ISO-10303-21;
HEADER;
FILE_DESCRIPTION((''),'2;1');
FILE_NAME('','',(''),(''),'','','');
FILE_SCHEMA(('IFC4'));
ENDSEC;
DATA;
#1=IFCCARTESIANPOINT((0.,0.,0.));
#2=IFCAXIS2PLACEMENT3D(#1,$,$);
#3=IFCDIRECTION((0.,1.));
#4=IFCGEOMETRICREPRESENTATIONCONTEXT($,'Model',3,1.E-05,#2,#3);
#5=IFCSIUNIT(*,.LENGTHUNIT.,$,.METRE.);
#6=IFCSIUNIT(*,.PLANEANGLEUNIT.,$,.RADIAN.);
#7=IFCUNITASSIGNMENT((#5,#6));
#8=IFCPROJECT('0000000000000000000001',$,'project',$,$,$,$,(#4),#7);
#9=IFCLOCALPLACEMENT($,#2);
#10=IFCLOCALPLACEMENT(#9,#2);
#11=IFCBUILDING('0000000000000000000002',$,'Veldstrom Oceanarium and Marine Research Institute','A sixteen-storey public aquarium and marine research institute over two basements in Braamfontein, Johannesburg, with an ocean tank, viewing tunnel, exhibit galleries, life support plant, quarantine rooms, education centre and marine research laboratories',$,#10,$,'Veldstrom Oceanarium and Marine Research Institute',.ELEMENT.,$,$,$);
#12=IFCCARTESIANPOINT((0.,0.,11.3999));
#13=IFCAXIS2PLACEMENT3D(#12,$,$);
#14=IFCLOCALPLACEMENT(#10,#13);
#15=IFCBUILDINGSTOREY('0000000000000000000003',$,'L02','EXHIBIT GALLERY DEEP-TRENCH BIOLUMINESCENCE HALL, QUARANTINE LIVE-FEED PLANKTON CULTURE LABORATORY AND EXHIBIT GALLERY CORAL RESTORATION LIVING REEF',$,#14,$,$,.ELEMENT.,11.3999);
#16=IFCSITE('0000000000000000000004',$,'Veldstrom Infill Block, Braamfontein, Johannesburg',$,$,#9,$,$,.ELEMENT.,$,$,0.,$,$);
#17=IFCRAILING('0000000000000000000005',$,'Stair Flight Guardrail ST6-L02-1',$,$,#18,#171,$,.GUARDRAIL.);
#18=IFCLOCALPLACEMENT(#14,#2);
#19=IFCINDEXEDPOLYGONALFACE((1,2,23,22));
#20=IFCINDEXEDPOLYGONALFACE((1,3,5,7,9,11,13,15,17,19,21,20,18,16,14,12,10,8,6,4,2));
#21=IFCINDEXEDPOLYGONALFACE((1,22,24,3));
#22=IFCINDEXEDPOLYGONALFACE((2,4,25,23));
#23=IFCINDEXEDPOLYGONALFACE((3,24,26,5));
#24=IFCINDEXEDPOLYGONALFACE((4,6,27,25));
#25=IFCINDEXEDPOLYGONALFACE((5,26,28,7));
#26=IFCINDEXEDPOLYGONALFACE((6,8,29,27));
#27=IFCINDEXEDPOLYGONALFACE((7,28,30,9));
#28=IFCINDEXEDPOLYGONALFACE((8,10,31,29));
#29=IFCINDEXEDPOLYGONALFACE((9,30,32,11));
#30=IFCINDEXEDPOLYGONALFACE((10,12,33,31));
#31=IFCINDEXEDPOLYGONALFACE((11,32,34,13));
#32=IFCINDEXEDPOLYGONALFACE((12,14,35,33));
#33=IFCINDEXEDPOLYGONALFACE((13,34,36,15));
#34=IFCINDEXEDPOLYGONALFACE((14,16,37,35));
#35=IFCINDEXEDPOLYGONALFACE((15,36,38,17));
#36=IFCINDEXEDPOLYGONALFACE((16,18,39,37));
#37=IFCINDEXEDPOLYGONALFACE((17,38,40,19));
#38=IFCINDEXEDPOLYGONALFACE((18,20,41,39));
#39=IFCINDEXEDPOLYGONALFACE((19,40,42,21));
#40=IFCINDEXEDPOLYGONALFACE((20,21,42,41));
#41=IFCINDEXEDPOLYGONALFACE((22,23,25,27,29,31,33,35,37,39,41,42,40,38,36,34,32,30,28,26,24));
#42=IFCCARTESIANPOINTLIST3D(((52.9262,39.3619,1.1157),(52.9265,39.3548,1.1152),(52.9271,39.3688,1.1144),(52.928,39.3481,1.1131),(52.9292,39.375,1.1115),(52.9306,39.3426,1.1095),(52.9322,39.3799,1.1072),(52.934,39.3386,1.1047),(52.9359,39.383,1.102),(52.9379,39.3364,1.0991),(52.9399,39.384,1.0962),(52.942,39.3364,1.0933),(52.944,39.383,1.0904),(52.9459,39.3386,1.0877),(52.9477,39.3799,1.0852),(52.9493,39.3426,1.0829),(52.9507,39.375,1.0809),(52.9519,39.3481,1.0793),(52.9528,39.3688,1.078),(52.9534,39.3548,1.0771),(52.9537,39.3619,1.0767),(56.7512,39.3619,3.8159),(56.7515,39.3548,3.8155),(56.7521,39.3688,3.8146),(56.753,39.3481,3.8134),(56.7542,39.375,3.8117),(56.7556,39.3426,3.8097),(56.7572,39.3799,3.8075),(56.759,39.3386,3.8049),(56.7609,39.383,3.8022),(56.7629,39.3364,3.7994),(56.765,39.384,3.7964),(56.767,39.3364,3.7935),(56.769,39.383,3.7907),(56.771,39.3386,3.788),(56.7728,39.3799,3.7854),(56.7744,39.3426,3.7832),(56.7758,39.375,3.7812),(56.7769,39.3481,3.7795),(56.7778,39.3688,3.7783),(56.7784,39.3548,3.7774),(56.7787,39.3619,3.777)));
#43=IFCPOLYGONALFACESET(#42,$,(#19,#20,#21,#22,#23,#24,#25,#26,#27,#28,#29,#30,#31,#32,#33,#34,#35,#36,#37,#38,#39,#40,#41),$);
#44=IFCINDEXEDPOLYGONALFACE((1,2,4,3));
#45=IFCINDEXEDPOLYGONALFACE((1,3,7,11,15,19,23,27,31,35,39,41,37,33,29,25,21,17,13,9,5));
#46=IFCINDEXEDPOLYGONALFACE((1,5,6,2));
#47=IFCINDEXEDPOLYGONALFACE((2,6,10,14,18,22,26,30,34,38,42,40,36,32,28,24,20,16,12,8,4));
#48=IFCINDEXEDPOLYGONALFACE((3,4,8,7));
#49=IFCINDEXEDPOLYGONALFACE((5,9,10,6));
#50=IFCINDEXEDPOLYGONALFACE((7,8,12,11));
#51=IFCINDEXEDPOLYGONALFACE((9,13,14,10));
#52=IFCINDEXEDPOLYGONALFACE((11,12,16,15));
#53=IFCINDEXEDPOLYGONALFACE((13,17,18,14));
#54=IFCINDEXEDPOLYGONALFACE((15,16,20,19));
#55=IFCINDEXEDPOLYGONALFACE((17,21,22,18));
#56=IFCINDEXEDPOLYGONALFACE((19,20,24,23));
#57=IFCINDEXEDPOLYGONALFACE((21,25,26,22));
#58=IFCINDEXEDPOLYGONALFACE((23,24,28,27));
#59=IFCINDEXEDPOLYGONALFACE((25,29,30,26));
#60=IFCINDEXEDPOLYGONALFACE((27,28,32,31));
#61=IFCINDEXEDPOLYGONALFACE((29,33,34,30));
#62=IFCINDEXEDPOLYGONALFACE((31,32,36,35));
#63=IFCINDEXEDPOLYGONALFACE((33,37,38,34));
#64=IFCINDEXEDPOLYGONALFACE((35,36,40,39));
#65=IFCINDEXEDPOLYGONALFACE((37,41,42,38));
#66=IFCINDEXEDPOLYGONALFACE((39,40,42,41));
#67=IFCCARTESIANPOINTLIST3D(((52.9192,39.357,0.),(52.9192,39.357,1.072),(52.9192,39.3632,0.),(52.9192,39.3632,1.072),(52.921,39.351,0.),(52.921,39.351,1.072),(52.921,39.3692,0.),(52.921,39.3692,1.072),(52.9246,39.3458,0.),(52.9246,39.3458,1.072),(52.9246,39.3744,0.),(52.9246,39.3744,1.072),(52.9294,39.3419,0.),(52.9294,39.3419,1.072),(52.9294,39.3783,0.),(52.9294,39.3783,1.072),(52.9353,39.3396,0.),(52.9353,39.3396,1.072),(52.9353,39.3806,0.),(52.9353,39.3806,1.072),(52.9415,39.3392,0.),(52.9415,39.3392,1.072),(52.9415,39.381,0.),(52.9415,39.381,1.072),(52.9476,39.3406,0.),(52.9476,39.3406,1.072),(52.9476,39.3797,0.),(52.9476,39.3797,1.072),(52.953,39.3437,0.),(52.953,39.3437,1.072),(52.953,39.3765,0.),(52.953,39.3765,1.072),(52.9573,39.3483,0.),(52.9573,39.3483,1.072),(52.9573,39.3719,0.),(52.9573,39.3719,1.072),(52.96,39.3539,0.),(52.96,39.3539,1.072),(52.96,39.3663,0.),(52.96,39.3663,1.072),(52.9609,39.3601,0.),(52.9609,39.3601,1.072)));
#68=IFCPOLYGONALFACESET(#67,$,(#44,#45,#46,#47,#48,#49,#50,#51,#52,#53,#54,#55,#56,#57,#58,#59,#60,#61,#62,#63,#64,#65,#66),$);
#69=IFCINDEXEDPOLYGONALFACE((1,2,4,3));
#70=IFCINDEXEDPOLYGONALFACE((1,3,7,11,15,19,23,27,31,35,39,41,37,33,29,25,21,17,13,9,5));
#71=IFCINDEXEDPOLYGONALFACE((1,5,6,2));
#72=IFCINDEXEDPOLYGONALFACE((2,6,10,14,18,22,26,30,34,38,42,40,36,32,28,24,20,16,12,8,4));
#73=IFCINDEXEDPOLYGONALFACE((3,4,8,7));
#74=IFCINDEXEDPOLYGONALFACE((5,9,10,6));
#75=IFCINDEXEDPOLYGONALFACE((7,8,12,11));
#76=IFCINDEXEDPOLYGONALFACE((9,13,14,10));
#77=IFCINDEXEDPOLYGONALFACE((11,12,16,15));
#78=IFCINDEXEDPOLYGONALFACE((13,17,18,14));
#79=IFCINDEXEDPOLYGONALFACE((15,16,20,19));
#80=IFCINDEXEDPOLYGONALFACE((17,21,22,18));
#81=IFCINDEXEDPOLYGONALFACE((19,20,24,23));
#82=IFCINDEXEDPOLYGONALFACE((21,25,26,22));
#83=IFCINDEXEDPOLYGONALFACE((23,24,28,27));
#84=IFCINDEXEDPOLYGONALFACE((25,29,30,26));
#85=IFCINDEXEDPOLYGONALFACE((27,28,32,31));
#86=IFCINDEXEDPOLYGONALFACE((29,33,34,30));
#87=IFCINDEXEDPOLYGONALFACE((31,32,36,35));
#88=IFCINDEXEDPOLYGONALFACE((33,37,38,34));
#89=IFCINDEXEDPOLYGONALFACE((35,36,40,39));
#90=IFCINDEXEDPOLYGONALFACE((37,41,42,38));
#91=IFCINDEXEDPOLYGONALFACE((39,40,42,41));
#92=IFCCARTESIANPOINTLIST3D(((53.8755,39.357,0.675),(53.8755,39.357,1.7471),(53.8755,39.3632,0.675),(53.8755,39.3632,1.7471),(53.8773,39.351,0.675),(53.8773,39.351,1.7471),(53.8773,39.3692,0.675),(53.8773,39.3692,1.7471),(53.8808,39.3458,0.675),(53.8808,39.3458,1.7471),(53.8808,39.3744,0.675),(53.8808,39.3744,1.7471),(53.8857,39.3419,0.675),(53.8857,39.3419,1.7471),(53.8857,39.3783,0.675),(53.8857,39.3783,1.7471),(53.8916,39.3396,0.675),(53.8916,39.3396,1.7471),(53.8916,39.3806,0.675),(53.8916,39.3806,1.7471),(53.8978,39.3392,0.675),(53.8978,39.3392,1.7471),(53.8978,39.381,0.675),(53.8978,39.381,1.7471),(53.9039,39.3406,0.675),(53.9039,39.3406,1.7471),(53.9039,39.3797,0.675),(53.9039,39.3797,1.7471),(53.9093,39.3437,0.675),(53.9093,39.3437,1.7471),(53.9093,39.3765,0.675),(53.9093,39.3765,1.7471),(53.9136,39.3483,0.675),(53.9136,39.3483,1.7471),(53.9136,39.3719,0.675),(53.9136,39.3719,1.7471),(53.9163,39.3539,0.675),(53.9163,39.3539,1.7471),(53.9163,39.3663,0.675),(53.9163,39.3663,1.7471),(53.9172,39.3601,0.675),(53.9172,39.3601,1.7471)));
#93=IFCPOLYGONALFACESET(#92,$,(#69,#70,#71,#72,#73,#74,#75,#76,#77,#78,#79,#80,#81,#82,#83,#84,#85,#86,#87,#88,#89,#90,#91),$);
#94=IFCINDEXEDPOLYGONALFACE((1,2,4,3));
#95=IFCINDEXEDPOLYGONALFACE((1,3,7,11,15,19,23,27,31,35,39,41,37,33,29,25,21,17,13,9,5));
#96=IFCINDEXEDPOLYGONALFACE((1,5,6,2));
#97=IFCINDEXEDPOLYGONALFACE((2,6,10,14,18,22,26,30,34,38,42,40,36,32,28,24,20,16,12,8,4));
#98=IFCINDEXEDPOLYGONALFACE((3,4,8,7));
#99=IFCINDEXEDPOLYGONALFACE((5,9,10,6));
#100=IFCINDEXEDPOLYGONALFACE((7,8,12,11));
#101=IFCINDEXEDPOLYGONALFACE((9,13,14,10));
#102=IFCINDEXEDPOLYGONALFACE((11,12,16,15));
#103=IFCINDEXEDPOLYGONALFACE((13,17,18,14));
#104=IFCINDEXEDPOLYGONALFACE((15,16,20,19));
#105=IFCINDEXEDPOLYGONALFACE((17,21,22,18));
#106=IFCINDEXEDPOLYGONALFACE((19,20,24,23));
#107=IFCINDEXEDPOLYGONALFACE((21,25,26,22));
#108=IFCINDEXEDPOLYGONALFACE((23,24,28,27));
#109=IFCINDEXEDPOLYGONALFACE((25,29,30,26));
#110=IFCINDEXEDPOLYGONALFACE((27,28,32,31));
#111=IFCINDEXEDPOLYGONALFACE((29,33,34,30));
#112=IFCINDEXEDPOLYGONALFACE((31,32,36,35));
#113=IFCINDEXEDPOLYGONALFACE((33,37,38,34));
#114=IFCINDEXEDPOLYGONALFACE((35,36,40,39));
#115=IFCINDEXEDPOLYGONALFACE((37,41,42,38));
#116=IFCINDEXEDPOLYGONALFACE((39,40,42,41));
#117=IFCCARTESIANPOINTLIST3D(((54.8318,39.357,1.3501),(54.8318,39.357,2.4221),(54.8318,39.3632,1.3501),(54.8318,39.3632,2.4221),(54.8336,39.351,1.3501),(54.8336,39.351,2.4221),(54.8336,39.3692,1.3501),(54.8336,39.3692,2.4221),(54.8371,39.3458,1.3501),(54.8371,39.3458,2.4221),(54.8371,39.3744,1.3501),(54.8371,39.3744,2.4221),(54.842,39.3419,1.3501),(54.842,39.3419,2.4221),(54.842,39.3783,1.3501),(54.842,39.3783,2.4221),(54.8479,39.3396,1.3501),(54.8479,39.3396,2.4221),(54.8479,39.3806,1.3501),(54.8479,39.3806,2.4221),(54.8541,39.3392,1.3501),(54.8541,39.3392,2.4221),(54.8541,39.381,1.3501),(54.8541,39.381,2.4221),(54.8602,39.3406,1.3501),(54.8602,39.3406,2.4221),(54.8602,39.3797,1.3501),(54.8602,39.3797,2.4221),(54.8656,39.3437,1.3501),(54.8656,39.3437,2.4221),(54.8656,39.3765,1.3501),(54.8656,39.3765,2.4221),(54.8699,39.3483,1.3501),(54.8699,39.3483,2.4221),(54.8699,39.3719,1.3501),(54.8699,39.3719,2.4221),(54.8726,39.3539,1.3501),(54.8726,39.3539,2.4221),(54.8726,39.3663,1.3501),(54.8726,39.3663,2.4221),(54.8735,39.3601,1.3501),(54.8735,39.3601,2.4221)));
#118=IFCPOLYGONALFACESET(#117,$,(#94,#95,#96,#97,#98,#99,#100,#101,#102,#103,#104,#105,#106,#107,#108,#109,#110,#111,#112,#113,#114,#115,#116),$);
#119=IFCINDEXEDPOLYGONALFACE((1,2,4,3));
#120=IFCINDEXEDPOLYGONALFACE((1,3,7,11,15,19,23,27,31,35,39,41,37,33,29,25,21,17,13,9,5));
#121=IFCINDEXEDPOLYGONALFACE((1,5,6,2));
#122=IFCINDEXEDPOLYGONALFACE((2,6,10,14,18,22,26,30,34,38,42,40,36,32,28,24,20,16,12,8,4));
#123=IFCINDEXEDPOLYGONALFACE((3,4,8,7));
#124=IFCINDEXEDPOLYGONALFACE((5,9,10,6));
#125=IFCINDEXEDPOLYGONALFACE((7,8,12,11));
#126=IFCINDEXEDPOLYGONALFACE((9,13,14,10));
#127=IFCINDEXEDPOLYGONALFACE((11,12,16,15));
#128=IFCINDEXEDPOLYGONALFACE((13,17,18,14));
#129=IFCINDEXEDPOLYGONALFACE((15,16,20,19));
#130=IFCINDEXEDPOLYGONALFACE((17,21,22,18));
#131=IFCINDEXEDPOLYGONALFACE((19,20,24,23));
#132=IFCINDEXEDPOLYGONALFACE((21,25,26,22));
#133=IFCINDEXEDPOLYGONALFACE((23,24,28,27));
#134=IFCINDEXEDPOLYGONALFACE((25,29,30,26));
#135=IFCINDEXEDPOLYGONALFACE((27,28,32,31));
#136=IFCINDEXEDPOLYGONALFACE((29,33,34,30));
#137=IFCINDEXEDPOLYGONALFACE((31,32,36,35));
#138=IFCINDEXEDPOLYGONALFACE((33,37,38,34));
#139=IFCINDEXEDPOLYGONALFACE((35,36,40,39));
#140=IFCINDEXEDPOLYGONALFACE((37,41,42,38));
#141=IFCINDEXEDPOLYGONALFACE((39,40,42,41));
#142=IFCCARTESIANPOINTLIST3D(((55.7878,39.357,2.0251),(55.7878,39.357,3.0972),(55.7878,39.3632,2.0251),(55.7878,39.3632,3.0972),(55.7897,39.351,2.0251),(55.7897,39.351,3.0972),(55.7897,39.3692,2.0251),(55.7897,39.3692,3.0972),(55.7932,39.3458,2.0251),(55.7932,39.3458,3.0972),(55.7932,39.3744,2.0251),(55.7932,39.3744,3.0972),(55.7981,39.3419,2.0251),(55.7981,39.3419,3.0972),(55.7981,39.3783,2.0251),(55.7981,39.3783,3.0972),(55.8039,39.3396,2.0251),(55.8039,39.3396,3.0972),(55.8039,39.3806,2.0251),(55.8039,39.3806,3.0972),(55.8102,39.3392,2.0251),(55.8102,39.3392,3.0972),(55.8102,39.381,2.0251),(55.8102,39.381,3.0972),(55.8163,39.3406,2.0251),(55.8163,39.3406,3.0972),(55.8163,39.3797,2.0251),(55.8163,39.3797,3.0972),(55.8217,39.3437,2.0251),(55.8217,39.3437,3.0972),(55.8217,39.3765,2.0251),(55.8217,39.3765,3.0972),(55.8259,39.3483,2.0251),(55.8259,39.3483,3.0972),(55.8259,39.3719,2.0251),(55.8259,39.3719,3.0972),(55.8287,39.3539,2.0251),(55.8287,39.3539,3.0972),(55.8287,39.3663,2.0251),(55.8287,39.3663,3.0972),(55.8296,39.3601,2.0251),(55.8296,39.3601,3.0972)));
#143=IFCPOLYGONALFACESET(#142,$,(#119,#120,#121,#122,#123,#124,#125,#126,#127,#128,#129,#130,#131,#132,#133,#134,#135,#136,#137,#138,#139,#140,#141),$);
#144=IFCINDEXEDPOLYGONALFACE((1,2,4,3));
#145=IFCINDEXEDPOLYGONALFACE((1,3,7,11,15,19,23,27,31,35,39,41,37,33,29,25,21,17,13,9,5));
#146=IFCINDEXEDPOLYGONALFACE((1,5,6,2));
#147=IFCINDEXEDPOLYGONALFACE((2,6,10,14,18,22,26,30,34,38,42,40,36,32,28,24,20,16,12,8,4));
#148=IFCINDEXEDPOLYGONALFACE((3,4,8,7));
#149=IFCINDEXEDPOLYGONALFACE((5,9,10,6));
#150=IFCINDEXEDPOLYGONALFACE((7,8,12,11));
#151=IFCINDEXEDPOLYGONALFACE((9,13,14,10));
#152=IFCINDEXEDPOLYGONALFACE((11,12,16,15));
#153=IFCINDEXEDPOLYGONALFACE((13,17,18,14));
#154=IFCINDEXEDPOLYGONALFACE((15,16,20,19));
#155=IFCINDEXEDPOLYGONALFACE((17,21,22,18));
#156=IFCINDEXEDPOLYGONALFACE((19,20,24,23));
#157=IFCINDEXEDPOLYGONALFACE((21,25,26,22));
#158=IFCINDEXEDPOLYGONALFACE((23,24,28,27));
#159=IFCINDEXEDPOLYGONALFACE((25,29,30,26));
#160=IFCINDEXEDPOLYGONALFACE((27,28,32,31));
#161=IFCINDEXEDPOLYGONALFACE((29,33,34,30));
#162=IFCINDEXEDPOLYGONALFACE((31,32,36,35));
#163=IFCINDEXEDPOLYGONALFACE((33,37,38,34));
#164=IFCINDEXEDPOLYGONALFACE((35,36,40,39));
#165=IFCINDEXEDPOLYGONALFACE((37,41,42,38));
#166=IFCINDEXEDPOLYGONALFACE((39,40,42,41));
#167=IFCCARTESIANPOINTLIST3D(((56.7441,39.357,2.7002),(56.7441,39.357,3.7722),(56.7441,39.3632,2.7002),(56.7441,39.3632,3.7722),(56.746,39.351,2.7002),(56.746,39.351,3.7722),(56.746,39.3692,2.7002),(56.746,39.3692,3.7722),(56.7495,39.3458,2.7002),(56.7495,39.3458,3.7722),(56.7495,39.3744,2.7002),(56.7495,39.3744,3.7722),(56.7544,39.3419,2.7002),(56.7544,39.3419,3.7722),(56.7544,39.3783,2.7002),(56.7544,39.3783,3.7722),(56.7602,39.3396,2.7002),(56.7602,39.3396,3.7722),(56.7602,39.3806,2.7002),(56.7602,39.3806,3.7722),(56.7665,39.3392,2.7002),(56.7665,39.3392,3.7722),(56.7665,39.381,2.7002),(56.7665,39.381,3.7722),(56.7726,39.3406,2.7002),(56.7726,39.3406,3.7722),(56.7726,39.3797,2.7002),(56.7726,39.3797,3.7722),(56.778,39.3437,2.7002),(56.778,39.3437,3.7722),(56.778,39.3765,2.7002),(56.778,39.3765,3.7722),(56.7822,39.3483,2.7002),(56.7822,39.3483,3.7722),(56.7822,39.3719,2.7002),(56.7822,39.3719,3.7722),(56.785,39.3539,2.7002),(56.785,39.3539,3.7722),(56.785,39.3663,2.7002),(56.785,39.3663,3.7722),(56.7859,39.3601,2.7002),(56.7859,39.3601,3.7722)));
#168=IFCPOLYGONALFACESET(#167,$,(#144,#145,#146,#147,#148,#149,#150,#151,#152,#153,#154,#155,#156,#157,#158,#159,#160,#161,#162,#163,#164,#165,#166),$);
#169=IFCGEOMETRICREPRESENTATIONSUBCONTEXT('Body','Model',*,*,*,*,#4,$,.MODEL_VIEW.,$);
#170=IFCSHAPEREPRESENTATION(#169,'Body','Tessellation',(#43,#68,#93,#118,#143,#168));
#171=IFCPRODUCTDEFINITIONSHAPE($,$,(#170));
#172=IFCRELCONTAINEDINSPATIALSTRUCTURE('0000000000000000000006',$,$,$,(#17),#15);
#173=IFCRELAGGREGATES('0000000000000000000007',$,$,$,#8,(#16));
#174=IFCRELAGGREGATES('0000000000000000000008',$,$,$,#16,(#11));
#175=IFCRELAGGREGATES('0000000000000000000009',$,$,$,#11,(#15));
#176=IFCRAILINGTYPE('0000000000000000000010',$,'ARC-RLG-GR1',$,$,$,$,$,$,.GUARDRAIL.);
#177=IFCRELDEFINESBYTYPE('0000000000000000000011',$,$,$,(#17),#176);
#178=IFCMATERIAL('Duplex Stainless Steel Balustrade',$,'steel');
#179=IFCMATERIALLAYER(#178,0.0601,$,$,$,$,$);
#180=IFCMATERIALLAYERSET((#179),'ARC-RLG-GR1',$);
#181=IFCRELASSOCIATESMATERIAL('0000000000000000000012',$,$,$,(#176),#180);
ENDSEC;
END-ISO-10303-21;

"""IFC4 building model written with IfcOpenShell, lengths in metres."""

from ifc_helpers import new_model, si_unit, direction, frame, origin, origin_2d, place, context, subcontext, project, spatial, circle, extrude, material, layer, layer_set, type_object, element, save


model = new_model("IFC4")

# Units and contexts
model_context = context("Model", 3, precision=1e-05, world=origin(), true_north=direction((0.0, 1.0)))
body_context = subcontext(model_context, "Body", "Model", "MODEL_VIEW")
ifc_project = project(units=[si_unit("LENGTHUNIT", "METRE"), si_unit("PLANEANGLEUNIT", "RADIAN")], contexts=[model_context])

# Site, building, storey
site_placement = place(None, origin())
site = spatial("IfcSite", under=ifc_project, at=site_placement, Name="Veldstrom Infill Block, Braamfontein, Johannesburg", CompositionType="ELEMENT", RefElevation=0.0)
building_placement = place(site_placement, origin())
building = spatial("IfcBuilding", under=site, at=building_placement, Name="Veldstrom Oceanarium and Marine Research Institute", Description="A sixteen-storey public aquarium and marine research institute over two basements in Braamfontein, Johannesburg, with an ocean tank, viewing tunnel, exhibit galleries, life support plant, quarantine rooms, education centre and marine research laboratories", LongName="Veldstrom Oceanarium and Marine Research Institute", CompositionType="ELEMENT")
storey_placement = place(building_placement, frame((0.0, 0.0, 11.3999)))
storey = spatial("IfcBuildingStorey", under=building, at=storey_placement, Name="L02", Description="EXHIBIT GALLERY DEEP-TRENCH BIOLUMINESCENCE HALL, QUARANTINE LIVE-FEED PLANKTON CULTURE LABORATORY AND EXHIBIT GALLERY CORAL RESTORATION LIVING REEF", CompositionType="ELEMENT", Elevation=11.3999)

# Railing
ifc_material_1 = material(Name="Duplex Stainless Steel Balustrade", Category="steel")
ifc_layer_1 = layer(ifc_material_1, 0.0601)
ifc_layer_set_1 = layer_set([ifc_layer_1], Name="ARC-RLG-GR1")
railing_type_1 = type_object("IfcRailingType", Name="ARC-RLG-GR1", PredefinedType="GUARDRAIL", material=ifc_layer_set_1)
railing_1_placement = place(storey_placement, frame((52.9399, 39.3601, 0.0)))
element("IfcRailing", 1, at=railing_1_placement, inside=storey, type_object=railing_type_1, Name="Stair Flight Guardrail ST6-L02-1", PredefinedType="GUARDRAIL", context=body_context, shape_type="SweptSolid", body=[
    extrude(circle(Radius=0.0239, at=origin_2d()), frame((0.0, 0.0, 1.0962), z_axis=(0.816945, 0.0, 0.576716), x_axis=(0.0, 1.0, 0.0)), (0.0, 0.0, 1.0), 4.6821),
    extrude(circle(Radius=0.021, at=origin_2d()), origin(), (0.0, 0.0, 1.0), 1.072),
    extrude(circle(Radius=0.021, at=origin_2d()), frame((0.9563, 0.0, 0.675)), (0.0, 0.0, 1.0), 1.072),
    extrude(circle(Radius=0.021, at=origin_2d()), frame((1.9126, 0.0, 1.3501)), (0.0, 0.0, 1.0), 1.072),
    extrude(circle(Radius=0.021, at=origin_2d()), frame((2.8687, 0.0, 2.0251)), (0.0, 0.0, 1.0), 1.072),
    extrude(circle(Radius=0.021, at=origin_2d()), frame((3.825, 0.0, 2.7002)), (0.0, 0.0, 1.0), 1.072),
])

save(model, "model.ifc")
